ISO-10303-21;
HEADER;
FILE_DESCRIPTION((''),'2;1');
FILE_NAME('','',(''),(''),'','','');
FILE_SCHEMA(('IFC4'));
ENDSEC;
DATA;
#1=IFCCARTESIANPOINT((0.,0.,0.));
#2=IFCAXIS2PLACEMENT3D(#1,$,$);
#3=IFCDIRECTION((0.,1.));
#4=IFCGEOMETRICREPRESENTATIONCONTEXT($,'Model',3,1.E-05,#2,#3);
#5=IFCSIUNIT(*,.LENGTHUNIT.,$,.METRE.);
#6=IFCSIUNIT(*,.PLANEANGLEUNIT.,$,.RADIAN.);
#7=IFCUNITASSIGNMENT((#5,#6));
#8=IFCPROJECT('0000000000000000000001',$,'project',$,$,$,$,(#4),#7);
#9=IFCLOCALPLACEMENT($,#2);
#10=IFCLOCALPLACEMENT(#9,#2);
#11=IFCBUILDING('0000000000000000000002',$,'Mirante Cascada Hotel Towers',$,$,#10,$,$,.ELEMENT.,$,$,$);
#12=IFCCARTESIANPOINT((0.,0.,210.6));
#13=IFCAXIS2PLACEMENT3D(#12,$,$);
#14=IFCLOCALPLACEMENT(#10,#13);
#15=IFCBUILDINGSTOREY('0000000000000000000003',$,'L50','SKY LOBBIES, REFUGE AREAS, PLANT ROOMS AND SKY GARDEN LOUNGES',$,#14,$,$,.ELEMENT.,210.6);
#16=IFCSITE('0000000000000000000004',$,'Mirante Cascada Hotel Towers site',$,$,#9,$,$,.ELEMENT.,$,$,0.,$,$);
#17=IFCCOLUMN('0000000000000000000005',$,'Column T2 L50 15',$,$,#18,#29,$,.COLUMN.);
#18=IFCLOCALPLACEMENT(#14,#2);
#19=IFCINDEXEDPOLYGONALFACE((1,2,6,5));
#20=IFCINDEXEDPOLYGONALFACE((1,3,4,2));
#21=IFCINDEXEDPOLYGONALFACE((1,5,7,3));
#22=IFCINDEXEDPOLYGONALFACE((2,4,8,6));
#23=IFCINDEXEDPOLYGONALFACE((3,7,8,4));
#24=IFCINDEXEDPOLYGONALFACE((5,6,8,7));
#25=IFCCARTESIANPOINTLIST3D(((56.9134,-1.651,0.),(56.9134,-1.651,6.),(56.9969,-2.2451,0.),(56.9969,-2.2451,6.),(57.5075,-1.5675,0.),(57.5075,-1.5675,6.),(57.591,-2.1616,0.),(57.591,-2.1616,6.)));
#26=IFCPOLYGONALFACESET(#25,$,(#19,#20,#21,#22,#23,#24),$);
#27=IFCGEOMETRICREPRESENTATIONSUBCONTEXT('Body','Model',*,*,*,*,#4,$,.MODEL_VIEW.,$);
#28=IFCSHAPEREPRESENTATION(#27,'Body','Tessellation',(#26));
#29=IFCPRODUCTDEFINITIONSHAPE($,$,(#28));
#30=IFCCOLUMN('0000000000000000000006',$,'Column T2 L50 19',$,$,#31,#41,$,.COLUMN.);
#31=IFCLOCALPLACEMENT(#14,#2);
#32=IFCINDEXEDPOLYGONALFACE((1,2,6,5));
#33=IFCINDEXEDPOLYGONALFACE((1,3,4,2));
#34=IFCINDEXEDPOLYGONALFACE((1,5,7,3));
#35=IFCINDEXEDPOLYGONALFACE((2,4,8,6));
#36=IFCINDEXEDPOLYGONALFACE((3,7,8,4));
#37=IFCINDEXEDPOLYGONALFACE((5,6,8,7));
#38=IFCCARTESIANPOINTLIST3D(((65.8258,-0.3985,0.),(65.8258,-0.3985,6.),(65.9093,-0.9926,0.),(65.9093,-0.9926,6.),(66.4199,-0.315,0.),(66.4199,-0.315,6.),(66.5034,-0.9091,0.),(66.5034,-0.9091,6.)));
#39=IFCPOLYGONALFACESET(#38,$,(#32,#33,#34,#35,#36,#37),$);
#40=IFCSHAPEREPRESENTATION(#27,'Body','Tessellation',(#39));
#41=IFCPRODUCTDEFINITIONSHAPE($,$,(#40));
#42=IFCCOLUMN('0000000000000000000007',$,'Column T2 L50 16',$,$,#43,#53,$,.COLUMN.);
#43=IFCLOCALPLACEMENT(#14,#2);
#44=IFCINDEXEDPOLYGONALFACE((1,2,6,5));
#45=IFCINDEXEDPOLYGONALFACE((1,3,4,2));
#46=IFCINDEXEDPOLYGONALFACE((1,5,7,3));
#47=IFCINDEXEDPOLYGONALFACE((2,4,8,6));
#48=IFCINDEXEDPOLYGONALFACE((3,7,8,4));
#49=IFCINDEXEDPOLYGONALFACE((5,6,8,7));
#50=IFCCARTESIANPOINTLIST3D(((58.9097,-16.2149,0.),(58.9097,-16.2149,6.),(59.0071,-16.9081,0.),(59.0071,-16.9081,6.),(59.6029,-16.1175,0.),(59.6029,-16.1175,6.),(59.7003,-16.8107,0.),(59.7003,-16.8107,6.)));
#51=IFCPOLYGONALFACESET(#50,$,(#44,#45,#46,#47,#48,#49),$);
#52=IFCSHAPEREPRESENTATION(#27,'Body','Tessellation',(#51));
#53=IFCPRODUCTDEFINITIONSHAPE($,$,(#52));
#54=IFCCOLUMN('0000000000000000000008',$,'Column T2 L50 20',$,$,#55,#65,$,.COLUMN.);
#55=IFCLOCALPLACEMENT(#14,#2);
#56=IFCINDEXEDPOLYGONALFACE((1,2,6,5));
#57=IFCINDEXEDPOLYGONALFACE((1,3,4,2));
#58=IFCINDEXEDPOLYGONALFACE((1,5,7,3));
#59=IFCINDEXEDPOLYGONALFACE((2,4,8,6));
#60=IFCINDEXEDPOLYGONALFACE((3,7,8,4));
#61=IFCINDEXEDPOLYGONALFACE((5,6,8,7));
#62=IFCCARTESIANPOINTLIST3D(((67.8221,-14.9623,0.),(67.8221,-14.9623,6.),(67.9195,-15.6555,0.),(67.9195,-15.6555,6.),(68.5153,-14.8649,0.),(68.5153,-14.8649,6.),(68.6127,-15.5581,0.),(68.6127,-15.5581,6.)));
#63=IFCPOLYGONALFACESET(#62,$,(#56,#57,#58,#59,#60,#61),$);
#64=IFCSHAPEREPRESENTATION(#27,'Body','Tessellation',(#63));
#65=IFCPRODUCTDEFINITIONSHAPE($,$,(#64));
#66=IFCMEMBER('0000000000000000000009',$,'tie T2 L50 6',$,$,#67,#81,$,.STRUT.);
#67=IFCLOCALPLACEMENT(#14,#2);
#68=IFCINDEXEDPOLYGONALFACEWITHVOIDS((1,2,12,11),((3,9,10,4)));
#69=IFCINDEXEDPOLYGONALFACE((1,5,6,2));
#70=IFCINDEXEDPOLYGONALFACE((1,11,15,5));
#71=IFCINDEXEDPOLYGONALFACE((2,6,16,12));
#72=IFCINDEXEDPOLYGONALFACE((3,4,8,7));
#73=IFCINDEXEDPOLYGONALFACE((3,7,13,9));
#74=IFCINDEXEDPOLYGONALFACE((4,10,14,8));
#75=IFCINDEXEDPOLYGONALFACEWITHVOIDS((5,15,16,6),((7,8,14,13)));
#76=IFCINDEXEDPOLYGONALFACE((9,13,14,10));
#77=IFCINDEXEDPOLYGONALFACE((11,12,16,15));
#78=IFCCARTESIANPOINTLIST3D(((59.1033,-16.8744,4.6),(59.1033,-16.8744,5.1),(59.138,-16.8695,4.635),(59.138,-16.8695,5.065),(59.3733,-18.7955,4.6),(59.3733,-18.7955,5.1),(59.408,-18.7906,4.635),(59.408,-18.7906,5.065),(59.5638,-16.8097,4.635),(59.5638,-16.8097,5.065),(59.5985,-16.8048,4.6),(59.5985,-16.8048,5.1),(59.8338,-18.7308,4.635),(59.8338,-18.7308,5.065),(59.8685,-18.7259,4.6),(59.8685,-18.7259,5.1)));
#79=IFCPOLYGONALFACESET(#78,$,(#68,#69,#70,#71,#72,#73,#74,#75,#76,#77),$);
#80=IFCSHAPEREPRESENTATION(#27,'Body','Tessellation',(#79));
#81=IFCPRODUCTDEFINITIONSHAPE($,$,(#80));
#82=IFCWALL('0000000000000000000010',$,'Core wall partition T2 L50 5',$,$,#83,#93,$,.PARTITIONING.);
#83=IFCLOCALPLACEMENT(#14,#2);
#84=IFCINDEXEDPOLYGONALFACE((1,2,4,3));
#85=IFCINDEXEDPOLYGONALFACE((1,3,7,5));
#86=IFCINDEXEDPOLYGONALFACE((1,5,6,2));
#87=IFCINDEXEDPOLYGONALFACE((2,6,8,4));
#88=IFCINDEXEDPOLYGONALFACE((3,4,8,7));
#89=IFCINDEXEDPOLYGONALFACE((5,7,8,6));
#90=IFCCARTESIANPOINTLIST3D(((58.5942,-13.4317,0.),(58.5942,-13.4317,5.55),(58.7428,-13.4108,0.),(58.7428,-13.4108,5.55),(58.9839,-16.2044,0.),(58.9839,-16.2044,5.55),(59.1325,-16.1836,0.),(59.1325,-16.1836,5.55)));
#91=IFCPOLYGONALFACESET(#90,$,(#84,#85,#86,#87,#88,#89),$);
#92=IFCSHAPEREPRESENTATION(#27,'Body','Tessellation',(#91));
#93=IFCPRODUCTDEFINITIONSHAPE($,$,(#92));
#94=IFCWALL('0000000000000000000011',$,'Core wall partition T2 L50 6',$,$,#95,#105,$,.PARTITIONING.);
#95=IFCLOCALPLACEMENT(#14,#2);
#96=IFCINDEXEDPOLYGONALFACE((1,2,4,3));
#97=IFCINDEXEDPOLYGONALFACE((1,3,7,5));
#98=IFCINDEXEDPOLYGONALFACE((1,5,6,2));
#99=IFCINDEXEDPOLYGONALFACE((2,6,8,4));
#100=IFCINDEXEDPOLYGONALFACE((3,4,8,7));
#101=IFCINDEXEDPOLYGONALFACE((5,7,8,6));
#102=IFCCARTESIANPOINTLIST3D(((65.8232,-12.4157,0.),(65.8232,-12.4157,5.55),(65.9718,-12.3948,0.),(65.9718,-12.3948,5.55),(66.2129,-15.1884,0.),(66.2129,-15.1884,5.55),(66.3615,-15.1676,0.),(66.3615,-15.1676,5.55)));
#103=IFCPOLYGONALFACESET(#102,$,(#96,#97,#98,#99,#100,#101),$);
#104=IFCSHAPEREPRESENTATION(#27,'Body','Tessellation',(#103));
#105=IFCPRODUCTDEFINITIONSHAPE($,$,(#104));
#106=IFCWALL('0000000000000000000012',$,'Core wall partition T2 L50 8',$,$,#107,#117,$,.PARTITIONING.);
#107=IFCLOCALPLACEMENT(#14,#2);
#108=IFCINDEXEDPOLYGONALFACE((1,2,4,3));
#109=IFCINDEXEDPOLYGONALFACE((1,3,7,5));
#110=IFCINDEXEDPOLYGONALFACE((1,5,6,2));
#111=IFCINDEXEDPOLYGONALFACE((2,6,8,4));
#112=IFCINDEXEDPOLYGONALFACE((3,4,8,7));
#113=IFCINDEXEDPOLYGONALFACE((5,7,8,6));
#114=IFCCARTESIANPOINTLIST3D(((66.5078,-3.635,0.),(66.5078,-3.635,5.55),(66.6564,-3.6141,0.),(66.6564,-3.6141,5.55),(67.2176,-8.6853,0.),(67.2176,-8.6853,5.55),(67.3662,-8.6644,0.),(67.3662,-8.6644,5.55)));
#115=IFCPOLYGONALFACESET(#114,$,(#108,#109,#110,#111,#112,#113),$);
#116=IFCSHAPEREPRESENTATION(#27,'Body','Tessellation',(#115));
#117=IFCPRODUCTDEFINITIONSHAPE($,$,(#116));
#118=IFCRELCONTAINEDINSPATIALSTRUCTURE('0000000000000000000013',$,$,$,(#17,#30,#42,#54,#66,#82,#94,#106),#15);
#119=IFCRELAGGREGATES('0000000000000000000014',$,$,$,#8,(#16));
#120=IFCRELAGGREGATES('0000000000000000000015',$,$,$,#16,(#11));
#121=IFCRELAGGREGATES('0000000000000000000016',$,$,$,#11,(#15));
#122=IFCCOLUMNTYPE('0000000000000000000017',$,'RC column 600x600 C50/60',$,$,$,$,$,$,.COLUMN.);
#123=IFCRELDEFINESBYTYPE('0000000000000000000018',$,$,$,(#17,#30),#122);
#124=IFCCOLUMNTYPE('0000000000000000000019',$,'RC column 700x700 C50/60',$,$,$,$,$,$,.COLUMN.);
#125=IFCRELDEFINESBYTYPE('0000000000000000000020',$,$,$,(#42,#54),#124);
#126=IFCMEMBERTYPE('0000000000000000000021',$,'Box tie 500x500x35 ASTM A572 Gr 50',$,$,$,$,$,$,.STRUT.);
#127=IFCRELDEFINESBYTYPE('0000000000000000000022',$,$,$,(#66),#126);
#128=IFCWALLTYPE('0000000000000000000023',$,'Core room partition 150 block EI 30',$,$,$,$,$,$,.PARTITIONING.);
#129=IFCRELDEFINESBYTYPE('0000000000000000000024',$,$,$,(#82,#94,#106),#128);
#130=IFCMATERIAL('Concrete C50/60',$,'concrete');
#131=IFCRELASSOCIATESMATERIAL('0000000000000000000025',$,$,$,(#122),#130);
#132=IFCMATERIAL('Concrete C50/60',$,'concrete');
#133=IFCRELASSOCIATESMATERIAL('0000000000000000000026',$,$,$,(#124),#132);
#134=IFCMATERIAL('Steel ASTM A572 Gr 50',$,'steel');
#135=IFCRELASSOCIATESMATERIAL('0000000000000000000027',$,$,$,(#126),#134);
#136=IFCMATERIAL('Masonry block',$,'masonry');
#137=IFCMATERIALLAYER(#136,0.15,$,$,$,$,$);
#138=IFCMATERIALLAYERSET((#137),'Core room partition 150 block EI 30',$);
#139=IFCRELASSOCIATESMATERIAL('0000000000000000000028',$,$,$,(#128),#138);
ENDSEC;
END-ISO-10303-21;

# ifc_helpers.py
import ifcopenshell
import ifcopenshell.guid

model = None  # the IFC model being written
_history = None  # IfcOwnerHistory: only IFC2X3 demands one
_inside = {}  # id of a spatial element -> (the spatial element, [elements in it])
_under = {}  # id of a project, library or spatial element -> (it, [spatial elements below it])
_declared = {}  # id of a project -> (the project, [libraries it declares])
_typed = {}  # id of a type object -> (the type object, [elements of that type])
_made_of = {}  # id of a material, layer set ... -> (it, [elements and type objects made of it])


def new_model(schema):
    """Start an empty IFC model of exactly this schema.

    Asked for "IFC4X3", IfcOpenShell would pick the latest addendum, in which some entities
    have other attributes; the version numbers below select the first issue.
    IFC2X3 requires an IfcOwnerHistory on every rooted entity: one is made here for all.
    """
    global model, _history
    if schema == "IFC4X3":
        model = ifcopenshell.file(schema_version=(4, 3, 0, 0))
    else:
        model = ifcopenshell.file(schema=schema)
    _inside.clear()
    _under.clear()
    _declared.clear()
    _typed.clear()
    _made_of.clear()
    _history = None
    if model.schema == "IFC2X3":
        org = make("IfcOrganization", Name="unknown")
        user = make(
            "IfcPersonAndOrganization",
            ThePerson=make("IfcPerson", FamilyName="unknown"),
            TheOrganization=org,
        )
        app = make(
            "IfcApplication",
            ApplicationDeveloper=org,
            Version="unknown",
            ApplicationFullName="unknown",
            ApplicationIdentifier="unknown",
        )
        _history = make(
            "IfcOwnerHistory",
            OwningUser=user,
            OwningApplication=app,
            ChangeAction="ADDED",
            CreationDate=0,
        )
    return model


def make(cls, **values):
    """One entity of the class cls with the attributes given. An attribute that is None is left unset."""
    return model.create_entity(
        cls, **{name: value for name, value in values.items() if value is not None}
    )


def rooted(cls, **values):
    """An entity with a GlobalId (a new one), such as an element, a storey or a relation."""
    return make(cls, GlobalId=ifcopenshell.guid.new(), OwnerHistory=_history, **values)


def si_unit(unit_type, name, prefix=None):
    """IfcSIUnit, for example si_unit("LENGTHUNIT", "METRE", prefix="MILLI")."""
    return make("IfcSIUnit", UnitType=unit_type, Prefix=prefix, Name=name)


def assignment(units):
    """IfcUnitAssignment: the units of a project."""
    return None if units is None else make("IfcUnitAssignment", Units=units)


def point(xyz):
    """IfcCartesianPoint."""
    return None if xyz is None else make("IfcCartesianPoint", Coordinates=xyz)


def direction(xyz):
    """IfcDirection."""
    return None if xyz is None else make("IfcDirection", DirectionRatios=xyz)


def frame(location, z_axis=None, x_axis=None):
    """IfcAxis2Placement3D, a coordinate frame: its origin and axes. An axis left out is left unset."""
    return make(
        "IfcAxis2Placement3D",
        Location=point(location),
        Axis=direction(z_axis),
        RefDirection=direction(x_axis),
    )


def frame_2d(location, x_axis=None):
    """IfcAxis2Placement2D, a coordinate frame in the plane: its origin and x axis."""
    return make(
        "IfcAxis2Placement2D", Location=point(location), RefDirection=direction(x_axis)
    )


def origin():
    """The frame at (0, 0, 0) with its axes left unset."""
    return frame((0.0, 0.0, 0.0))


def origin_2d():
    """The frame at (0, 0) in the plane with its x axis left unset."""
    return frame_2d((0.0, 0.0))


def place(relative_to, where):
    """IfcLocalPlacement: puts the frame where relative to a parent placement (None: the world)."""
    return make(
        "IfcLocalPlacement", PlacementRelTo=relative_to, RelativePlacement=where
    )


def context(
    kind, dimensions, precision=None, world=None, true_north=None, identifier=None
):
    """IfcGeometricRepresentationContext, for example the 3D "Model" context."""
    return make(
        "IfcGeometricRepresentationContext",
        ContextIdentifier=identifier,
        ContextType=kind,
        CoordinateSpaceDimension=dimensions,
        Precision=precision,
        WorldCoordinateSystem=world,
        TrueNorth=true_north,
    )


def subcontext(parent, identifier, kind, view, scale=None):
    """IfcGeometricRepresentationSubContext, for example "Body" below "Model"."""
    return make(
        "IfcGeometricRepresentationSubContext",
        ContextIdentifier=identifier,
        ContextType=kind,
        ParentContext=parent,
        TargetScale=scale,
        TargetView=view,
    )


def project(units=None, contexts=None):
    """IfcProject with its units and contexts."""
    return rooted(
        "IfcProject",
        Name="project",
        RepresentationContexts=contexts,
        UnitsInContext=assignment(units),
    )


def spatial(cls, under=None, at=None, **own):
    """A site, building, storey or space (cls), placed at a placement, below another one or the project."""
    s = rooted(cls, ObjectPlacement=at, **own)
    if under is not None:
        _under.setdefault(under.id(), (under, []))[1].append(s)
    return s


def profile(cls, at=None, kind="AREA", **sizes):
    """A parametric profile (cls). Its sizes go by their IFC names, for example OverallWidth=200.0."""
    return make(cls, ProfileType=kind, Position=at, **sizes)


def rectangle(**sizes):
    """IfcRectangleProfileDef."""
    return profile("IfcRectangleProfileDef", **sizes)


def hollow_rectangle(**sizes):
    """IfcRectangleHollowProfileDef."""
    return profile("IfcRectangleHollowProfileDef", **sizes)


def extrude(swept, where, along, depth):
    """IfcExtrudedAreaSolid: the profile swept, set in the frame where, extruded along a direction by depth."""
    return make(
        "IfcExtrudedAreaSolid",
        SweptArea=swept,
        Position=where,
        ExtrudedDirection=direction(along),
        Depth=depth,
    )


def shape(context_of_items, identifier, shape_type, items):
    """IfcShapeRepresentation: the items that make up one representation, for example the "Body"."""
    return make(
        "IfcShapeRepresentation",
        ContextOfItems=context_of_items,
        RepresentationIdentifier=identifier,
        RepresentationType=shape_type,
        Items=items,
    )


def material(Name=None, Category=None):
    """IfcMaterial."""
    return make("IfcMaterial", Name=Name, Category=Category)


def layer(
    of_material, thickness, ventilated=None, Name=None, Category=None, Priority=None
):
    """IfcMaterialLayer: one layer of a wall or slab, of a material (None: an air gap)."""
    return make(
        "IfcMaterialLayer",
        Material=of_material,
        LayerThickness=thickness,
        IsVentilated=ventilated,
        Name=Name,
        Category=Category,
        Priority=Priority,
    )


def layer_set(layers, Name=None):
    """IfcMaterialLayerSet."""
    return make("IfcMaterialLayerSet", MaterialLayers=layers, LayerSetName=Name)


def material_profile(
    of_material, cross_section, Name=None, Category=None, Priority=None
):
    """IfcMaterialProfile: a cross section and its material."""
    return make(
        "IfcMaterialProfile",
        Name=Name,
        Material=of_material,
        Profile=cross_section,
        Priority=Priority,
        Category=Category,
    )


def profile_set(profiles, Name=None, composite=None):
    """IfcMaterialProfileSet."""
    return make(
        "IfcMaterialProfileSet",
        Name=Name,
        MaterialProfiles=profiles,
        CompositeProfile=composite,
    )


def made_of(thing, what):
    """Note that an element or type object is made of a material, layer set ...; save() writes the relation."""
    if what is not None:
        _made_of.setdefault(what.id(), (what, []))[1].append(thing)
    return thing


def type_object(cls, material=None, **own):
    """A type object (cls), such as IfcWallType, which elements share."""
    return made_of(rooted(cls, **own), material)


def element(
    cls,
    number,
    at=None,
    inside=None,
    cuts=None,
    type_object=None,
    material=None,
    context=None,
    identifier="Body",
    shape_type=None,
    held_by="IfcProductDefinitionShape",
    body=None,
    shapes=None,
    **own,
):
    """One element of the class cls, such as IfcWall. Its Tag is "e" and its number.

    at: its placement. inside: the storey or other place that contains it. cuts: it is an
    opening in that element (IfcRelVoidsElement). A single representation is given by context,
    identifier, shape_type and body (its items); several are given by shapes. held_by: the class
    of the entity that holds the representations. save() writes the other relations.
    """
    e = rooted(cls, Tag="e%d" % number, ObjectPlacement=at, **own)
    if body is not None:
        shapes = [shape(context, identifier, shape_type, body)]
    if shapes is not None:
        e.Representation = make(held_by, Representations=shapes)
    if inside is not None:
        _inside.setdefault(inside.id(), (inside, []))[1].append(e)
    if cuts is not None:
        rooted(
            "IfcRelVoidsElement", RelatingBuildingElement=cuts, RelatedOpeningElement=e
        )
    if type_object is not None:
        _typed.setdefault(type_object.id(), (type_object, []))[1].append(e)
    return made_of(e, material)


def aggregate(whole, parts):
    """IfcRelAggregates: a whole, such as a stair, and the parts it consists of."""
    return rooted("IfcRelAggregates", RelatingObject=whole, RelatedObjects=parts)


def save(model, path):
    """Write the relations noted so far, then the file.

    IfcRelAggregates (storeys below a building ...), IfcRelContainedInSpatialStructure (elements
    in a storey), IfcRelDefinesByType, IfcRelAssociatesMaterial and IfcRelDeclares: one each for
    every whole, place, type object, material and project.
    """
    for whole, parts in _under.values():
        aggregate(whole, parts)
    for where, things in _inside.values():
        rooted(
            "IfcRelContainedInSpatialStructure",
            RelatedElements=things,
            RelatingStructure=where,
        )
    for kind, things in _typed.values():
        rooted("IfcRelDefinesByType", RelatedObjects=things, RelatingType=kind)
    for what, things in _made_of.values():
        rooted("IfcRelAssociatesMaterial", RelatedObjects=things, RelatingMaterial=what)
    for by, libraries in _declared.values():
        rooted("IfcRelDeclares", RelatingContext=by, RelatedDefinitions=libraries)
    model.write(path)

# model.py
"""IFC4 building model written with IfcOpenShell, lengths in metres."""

from ifc_helpers import new_model, si_unit, direction, frame, frame_2d, origin, origin_2d, place, context, subcontext, project, spatial, rectangle, hollow_rectangle, extrude, material, layer, layer_set, material_profile, profile_set, type_object, element, save


model = new_model("IFC4")

# Units and contexts
model_context = context("Model", 3, precision=1e-05, world=origin(), true_north=direction((0.0, 1.0)))
body_context = subcontext(model_context, "Body", "Model", "MODEL_VIEW")
ifc_project = project(units=[si_unit("LENGTHUNIT", "METRE"), si_unit("PLANEANGLEUNIT", "RADIAN")], contexts=[model_context])

# Site, building, storey
site_placement = place(None, origin())
site = spatial("IfcSite", under=ifc_project, at=site_placement, Name="Mirante Cascada Hotel Towers site", CompositionType="ELEMENT", RefElevation=0.0)
building_placement = place(site_placement, origin())
building = spatial("IfcBuilding", under=site, at=building_placement, Name="Mirante Cascada Hotel Towers", CompositionType="ELEMENT")
storey_placement = place(building_placement, frame((0.0, 0.0, 210.6)))
storey = spatial("IfcBuildingStorey", under=building, at=storey_placement, Name="L50", Description="SKY LOBBIES, REFUGE AREAS, PLANT ROOMS AND SKY GARDEN LOUNGES", CompositionType="ELEMENT", Elevation=210.6)

# Columns
ifc_material_1 = material(Name="Concrete C50/60", Category="concrete")
ifc_material_profile_1 = material_profile(ifc_material_1, rectangle(XDim=0.6, YDim=0.6, at=origin_2d()), Name="RC column 600x600 C50/60")
ifc_profile_set_1 = profile_set([ifc_material_profile_1], Name="Concrete C50/60")
column_type_1 = type_object("IfcColumnType", Name="RC column 600x600 C50/60", PredefinedType="COLUMN", material=ifc_profile_set_1)
for number, where, z_axis, x_axis, name in (
    (1, (57.2522, -1.9063, 0.0), (0.0, 0.0, 1.0), (0.990268, 0.139173, 0.0), "Column T2 L50 15"),
    (2, (66.1646, -0.6538, 0.0), (0.0, 0.0, 1.0), (0.990268, 0.139173, 0.0), "Column T2 L50 19"),
):
    element("IfcColumn", number, at=place(storey_placement, frame(where, z_axis=z_axis, x_axis=x_axis)), inside=storey, type_object=column_type_1, Name=name, PredefinedType="COLUMN", context=body_context, shape_type="SweptSolid", body=[
        extrude(rectangle(XDim=0.6, YDim=0.6, at=origin_2d()), origin(), (0.0, 0.0, 1.0), 6.0),
    ])
ifc_material_2 = material(Name="Concrete C50/60", Category="concrete")
ifc_material_profile_2 = material_profile(ifc_material_2, rectangle(XDim=0.7, YDim=0.7, at=origin_2d()), Name="RC column 700x700 C50/60")
ifc_profile_set_2 = profile_set([ifc_material_profile_2], Name="Concrete C50/60")
column_type_2 = type_object("IfcColumnType", Name="RC column 700x700 C50/60", PredefinedType="COLUMN", material=ifc_profile_set_2)
for number, where, z_axis, x_axis, name in (
    (3, (59.305, -16.5128, 0.0), (0.0, 0.0, 1.0), (0.990268, 0.139173, 0.0), "Column T2 L50 16"),
    (4, (68.2174, -15.2602, 0.0), (0.0, 0.0, 1.0), (0.990268, 0.139173, 0.0), "Column T2 L50 20"),
):
    element("IfcColumn", number, at=place(storey_placement, frame(where, z_axis=z_axis, x_axis=x_axis)), inside=storey, type_object=column_type_2, Name=name, PredefinedType="COLUMN", context=body_context, shape_type="SweptSolid", body=[
        extrude(rectangle(XDim=0.7, YDim=0.7, at=origin_2d()), origin(), (0.0, 0.0, 1.0), 6.0),
    ])

# Member
ifc_material_3 = material(Name="Steel ASTM A572 Gr 50", Category="steel")
ifc_material_profile_3 = material_profile(ifc_material_3, hollow_rectangle(XDim=0.5, YDim=0.5, WallThickness=0.035, at=origin_2d()), Name="Box tie 500x500x35 ASTM A572 Gr 50")
ifc_profile_set_3 = profile_set([ifc_material_profile_3], Name="Steel ASTM A572 Gr 50")
member_type = type_object("IfcMemberType", Name="Box tie 500x500x35 ASTM A572 Gr 50", PredefinedType="STRUT", material=ifc_profile_set_3)
member_placement = place(storey_placement, frame((59.3509, -16.8396, 4.85), z_axis=(0.139177, -0.990268, 0.0), x_axis=(0.990268, 0.139177, 0.0)))
element("IfcMember", 5, at=member_placement, inside=storey, type_object=member_type, Name="tie T2 L50 6", PredefinedType="STRUT", context=body_context, shape_type="SweptSolid", body=[
    extrude(hollow_rectangle(XDim=0.5, YDim=0.5, WallThickness=0.035, at=origin_2d()), origin(), (0.0, 0.0, 1.0), 1.94),
])

# Walls
ifc_material_4 = material(Name="Masonry block", Category="masonry")
ifc_layer_1 = layer(ifc_material_4, 0.15)
ifc_layer_set_1 = layer_set([ifc_layer_1], Name="Core room partition 150 block EI 30")
wall_type_1 = type_object("IfcWallType", Name="Core room partition 150 block EI 30", PredefinedType="PARTITIONING", material=ifc_layer_set_1)
for number, where, z_axis, x_axis, name in (
    (6, (59.0582, -16.194, 0.0), (0.0, 0.0, 1.0), (-0.139181, 0.990267, 0.0), "Core wall partition T2 L50 5"),
    (7, (66.2872, -15.178, 0.0), (0.0, 0.0, 1.0), (-0.139181, 0.990267, 0.0), "Core wall partition T2 L50 6"),
):
    element("IfcWall", number, at=place(storey_placement, frame(where, z_axis=z_axis, x_axis=x_axis)), inside=storey, type_object=wall_type_1, Name=name, PredefinedType="PARTITIONING", context=body_context, shape_type="SweptSolid", body=[
        extrude(rectangle(XDim=2.8, YDim=0.15, at=frame_2d((1.4, 0.0))), origin(), (0.0, 0.0, 1.0), 5.55),
    ])
wall_1_placement = place(storey_placement, frame((67.2919, -8.6749, 0.0), z_axis=(0.0, 0.0, 1.0), x_axis=(-0.139178, 0.990267, 0.0)))
element("IfcWall", 8, at=wall_1_placement, inside=storey, type_object=wall_type_1, Name="Core wall partition T2 L50 8", PredefinedType="PARTITIONING", context=body_context, shape_type="SweptSolid", body=[
    extrude(rectangle(XDim=5.0999, YDim=0.15, at=frame_2d((2.55, 0.0))), origin(), (0.0, 0.0, 1.0), 5.55),
])

save(model, "model.ifc")
